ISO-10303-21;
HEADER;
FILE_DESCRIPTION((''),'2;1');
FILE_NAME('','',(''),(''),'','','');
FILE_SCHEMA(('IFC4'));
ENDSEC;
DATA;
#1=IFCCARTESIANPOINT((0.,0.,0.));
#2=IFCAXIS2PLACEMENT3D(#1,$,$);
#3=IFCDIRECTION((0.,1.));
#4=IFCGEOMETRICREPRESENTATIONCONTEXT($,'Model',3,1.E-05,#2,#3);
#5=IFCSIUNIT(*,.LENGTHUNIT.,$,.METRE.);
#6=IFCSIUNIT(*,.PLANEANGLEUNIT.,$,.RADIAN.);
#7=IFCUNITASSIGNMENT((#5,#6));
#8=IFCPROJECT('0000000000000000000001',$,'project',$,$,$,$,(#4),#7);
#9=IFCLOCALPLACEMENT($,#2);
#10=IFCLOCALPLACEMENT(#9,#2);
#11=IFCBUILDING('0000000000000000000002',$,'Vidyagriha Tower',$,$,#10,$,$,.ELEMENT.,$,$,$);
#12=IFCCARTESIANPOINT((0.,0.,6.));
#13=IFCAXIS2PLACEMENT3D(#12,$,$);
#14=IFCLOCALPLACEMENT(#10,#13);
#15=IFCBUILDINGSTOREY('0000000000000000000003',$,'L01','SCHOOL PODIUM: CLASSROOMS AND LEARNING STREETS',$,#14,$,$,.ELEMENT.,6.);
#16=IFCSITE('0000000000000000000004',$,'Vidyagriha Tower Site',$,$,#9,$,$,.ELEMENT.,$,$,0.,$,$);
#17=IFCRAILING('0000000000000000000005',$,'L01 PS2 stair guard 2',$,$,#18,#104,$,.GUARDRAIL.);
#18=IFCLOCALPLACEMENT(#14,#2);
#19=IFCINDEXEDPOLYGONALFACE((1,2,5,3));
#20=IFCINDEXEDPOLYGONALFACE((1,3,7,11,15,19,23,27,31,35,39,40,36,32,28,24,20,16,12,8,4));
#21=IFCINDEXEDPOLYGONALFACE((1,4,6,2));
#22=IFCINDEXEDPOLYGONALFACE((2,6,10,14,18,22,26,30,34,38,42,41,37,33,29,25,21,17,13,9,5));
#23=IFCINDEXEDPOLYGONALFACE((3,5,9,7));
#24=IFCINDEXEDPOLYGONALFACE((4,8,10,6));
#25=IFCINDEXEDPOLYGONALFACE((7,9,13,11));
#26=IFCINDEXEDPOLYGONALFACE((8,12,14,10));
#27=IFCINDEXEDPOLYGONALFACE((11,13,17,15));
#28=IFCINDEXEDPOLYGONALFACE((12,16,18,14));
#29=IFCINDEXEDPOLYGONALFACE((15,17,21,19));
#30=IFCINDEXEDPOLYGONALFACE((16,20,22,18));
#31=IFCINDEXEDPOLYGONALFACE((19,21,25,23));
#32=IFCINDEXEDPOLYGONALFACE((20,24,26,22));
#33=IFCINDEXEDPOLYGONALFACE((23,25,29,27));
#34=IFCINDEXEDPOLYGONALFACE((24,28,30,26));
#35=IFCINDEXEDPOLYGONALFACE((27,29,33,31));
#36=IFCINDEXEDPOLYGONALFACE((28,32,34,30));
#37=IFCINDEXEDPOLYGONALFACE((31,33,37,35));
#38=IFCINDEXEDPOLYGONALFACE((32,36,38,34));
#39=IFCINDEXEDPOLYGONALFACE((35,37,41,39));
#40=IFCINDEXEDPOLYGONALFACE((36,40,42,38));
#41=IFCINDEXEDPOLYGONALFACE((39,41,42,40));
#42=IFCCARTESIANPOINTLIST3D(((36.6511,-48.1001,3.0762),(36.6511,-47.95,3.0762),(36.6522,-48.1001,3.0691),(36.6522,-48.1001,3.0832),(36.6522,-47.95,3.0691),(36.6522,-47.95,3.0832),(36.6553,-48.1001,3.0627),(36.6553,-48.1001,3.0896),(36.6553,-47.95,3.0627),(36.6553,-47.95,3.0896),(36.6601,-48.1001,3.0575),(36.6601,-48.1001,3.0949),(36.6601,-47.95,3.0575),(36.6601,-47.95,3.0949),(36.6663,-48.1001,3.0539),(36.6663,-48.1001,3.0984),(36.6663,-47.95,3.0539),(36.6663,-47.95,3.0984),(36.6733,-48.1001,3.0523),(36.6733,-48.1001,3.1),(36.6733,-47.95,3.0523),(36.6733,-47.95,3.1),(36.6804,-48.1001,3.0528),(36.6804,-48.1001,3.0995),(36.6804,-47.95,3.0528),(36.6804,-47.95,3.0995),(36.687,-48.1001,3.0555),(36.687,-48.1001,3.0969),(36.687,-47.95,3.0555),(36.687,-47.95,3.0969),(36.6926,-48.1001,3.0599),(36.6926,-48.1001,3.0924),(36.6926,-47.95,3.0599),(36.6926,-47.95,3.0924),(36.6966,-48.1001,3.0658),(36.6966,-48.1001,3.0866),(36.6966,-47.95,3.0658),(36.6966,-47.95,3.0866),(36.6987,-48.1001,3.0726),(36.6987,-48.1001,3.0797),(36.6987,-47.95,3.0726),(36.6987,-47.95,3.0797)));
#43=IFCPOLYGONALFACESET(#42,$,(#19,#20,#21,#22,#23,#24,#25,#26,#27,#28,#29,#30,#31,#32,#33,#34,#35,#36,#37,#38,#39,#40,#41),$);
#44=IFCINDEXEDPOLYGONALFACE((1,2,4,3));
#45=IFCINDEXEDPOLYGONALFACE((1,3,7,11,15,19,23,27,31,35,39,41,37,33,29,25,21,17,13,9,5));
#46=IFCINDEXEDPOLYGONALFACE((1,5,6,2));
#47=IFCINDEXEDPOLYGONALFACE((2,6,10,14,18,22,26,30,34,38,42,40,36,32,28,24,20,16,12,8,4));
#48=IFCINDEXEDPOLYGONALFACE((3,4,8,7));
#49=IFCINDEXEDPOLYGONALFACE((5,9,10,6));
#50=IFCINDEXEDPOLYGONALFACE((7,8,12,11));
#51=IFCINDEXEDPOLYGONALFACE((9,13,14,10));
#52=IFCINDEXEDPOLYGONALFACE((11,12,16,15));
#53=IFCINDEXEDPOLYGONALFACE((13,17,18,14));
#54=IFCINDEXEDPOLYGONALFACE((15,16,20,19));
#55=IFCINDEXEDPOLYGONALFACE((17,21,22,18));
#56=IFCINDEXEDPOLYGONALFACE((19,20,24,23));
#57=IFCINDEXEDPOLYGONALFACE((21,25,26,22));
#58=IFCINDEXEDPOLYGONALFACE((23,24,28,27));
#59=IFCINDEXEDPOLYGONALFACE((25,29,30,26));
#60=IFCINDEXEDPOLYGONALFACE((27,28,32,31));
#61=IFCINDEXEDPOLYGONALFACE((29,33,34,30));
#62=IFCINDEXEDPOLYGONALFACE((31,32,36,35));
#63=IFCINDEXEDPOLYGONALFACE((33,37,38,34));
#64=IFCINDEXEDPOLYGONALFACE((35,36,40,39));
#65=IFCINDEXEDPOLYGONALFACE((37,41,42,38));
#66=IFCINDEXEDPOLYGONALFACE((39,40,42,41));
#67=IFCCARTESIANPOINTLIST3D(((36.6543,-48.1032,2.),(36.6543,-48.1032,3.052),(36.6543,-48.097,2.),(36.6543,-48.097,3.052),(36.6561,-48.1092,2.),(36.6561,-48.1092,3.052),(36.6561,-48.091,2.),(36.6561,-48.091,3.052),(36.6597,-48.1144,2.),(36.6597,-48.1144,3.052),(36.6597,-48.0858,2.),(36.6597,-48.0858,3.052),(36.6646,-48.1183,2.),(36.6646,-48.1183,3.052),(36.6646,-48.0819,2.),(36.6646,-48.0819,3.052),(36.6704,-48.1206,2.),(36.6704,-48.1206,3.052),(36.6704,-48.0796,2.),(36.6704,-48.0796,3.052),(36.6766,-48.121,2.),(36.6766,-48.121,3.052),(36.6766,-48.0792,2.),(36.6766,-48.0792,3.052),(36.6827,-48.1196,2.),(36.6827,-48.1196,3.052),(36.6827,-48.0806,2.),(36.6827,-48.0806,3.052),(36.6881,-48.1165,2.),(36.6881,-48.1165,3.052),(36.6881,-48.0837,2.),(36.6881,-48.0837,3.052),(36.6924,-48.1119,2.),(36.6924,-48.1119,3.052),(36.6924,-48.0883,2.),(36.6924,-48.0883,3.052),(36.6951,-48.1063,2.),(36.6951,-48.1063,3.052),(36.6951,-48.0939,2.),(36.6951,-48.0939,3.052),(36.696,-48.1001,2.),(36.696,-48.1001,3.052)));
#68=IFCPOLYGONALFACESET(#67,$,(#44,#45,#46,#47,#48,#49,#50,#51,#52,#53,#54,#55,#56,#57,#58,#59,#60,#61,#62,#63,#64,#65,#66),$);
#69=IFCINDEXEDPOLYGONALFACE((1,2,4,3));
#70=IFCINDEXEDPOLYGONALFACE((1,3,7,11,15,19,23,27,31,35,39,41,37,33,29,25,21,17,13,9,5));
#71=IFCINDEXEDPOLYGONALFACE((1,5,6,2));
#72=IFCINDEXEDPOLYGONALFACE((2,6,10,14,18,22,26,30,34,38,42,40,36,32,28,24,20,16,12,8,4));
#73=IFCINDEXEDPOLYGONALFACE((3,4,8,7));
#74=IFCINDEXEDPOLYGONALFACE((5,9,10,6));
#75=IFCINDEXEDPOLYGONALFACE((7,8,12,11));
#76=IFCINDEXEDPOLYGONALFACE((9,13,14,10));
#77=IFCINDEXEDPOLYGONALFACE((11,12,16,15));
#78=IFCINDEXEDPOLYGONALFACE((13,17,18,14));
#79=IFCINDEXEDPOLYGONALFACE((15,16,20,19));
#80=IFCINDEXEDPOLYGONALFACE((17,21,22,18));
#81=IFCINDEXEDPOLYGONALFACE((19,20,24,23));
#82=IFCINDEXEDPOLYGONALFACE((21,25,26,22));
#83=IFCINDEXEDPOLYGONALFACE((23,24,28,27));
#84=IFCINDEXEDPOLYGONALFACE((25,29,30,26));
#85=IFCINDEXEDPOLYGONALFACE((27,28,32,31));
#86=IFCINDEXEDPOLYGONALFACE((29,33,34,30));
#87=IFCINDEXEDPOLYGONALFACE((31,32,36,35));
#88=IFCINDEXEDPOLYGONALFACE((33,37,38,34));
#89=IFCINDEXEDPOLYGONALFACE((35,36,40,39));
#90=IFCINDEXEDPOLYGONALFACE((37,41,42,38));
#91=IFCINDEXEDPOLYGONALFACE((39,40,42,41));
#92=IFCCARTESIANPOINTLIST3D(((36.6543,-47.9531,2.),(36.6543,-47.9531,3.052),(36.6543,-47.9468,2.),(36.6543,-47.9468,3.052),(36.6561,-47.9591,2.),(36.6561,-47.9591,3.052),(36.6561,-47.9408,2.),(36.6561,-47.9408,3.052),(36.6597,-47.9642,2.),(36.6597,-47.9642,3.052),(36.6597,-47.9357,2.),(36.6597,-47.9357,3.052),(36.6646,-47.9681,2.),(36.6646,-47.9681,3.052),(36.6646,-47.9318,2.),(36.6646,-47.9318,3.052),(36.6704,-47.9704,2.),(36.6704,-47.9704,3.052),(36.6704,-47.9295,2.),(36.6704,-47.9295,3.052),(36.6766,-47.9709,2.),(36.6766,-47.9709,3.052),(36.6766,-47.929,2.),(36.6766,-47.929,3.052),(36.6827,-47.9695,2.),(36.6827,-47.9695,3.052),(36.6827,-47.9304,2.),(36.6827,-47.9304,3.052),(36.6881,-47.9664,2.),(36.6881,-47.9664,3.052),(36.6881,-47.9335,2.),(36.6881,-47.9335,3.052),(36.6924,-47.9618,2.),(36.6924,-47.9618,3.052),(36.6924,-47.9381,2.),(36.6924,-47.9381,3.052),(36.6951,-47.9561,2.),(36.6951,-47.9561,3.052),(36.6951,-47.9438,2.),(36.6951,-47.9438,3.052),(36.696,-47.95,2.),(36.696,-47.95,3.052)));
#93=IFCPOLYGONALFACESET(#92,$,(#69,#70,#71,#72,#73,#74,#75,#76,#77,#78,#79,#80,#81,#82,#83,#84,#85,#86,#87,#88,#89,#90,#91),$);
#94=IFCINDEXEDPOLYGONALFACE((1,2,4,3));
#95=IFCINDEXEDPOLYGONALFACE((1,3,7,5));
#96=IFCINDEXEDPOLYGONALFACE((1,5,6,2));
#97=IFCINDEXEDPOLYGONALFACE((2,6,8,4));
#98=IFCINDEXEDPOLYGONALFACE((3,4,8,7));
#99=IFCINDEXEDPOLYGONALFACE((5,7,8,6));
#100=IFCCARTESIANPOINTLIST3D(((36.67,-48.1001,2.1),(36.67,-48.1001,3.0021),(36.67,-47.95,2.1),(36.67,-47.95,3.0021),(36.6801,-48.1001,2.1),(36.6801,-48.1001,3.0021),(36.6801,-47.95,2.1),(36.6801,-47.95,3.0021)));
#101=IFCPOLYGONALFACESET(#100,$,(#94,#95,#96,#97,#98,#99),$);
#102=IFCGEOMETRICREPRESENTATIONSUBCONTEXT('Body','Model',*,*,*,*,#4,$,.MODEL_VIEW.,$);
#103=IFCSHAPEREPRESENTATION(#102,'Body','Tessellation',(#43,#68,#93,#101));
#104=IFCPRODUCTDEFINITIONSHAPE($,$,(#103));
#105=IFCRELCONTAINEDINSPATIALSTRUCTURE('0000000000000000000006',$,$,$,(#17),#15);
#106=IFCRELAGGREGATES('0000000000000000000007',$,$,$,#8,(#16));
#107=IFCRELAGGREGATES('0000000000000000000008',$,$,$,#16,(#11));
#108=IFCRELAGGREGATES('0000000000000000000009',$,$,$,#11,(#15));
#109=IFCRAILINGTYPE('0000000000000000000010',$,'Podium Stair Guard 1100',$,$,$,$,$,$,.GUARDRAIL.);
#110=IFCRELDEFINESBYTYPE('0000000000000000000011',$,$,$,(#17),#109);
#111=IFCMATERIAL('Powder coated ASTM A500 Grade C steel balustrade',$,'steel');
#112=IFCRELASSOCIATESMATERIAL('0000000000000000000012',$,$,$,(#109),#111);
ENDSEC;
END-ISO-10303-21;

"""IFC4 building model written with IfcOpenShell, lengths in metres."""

from ifc_helpers import new_model, si_unit, direction, frame, origin, origin_2d, place, context, subcontext, project, spatial, rectangle, circle, extrude, material, type_object, element, save


model = new_model("IFC4")

# Units and contexts
model_context = context("Model", 3, precision=1e-05, world=origin(), true_north=direction((0.0, 1.0)))
body_context = subcontext(model_context, "Body", "Model", "MODEL_VIEW")
ifc_project = project(units=[si_unit("LENGTHUNIT", "METRE"), si_unit("PLANEANGLEUNIT", "RADIAN")], contexts=[model_context])

# Site, building, storey
site_placement = place(None, origin())
site = spatial("IfcSite", under=ifc_project, at=site_placement, Name="Vidyagriha Tower Site", CompositionType="ELEMENT", RefElevation=0.0)
building_placement = place(site_placement, origin())
building = spatial("IfcBuilding", under=site, at=building_placement, Name="Vidyagriha Tower", CompositionType="ELEMENT")
storey_placement = place(building_placement, frame((0.0, 0.0, 6.0)))
storey = spatial("IfcBuildingStorey", under=building, at=storey_placement, Name="L01", Description="SCHOOL PODIUM: CLASSROOMS AND LEARNING STREETS", CompositionType="ELEMENT", Elevation=6.0)

# Railing
ifc_material_1 = material(Name="Powder coated ASTM A500 Grade C steel balustrade", Category="steel")
railing_type_1 = type_object("IfcRailingType", Name="Podium Stair Guard 1100", PredefinedType="GUARDRAIL", material=ifc_material_1)
railing_1_placement = place(storey_placement, frame((36.675, -48.1001, 2.0)))
element("IfcRailing", 1, at=railing_1_placement, inside=storey, type_object=railing_type_1, Name="L01 PS2 stair guard 2", PredefinedType="GUARDRAIL", context=body_context, shape_type="SweptSolid", body=[
    extrude(circle(Radius=0.0239, at=origin_2d()), frame((0.0, 0.0, 1.0762), z_axis=(0.0, 1.0, 0.0), x_axis=(-1.0, 0.0, 0.0)), (0.0, 0.0, 1.0), 0.1501),
    extrude(circle(Radius=0.021, at=origin_2d()), origin(), (0.0, 0.0, 1.0), 1.052),
    extrude(circle(Radius=0.021, at=origin_2d()), frame((0.0, 0.1501, 0.0)), (0.0, 0.0, 1.0), 1.052),
    extrude(rectangle(XDim=0.01, YDim=0.9021, at=origin_2d()), frame((0.0, 0.0, 0.551), z_axis=(0.0, 1.0, 0.0), x_axis=(-1.0, 0.0, 0.0)), (0.0, 0.0, 1.0), 0.1501),
])

save(model, "model.ifc")
